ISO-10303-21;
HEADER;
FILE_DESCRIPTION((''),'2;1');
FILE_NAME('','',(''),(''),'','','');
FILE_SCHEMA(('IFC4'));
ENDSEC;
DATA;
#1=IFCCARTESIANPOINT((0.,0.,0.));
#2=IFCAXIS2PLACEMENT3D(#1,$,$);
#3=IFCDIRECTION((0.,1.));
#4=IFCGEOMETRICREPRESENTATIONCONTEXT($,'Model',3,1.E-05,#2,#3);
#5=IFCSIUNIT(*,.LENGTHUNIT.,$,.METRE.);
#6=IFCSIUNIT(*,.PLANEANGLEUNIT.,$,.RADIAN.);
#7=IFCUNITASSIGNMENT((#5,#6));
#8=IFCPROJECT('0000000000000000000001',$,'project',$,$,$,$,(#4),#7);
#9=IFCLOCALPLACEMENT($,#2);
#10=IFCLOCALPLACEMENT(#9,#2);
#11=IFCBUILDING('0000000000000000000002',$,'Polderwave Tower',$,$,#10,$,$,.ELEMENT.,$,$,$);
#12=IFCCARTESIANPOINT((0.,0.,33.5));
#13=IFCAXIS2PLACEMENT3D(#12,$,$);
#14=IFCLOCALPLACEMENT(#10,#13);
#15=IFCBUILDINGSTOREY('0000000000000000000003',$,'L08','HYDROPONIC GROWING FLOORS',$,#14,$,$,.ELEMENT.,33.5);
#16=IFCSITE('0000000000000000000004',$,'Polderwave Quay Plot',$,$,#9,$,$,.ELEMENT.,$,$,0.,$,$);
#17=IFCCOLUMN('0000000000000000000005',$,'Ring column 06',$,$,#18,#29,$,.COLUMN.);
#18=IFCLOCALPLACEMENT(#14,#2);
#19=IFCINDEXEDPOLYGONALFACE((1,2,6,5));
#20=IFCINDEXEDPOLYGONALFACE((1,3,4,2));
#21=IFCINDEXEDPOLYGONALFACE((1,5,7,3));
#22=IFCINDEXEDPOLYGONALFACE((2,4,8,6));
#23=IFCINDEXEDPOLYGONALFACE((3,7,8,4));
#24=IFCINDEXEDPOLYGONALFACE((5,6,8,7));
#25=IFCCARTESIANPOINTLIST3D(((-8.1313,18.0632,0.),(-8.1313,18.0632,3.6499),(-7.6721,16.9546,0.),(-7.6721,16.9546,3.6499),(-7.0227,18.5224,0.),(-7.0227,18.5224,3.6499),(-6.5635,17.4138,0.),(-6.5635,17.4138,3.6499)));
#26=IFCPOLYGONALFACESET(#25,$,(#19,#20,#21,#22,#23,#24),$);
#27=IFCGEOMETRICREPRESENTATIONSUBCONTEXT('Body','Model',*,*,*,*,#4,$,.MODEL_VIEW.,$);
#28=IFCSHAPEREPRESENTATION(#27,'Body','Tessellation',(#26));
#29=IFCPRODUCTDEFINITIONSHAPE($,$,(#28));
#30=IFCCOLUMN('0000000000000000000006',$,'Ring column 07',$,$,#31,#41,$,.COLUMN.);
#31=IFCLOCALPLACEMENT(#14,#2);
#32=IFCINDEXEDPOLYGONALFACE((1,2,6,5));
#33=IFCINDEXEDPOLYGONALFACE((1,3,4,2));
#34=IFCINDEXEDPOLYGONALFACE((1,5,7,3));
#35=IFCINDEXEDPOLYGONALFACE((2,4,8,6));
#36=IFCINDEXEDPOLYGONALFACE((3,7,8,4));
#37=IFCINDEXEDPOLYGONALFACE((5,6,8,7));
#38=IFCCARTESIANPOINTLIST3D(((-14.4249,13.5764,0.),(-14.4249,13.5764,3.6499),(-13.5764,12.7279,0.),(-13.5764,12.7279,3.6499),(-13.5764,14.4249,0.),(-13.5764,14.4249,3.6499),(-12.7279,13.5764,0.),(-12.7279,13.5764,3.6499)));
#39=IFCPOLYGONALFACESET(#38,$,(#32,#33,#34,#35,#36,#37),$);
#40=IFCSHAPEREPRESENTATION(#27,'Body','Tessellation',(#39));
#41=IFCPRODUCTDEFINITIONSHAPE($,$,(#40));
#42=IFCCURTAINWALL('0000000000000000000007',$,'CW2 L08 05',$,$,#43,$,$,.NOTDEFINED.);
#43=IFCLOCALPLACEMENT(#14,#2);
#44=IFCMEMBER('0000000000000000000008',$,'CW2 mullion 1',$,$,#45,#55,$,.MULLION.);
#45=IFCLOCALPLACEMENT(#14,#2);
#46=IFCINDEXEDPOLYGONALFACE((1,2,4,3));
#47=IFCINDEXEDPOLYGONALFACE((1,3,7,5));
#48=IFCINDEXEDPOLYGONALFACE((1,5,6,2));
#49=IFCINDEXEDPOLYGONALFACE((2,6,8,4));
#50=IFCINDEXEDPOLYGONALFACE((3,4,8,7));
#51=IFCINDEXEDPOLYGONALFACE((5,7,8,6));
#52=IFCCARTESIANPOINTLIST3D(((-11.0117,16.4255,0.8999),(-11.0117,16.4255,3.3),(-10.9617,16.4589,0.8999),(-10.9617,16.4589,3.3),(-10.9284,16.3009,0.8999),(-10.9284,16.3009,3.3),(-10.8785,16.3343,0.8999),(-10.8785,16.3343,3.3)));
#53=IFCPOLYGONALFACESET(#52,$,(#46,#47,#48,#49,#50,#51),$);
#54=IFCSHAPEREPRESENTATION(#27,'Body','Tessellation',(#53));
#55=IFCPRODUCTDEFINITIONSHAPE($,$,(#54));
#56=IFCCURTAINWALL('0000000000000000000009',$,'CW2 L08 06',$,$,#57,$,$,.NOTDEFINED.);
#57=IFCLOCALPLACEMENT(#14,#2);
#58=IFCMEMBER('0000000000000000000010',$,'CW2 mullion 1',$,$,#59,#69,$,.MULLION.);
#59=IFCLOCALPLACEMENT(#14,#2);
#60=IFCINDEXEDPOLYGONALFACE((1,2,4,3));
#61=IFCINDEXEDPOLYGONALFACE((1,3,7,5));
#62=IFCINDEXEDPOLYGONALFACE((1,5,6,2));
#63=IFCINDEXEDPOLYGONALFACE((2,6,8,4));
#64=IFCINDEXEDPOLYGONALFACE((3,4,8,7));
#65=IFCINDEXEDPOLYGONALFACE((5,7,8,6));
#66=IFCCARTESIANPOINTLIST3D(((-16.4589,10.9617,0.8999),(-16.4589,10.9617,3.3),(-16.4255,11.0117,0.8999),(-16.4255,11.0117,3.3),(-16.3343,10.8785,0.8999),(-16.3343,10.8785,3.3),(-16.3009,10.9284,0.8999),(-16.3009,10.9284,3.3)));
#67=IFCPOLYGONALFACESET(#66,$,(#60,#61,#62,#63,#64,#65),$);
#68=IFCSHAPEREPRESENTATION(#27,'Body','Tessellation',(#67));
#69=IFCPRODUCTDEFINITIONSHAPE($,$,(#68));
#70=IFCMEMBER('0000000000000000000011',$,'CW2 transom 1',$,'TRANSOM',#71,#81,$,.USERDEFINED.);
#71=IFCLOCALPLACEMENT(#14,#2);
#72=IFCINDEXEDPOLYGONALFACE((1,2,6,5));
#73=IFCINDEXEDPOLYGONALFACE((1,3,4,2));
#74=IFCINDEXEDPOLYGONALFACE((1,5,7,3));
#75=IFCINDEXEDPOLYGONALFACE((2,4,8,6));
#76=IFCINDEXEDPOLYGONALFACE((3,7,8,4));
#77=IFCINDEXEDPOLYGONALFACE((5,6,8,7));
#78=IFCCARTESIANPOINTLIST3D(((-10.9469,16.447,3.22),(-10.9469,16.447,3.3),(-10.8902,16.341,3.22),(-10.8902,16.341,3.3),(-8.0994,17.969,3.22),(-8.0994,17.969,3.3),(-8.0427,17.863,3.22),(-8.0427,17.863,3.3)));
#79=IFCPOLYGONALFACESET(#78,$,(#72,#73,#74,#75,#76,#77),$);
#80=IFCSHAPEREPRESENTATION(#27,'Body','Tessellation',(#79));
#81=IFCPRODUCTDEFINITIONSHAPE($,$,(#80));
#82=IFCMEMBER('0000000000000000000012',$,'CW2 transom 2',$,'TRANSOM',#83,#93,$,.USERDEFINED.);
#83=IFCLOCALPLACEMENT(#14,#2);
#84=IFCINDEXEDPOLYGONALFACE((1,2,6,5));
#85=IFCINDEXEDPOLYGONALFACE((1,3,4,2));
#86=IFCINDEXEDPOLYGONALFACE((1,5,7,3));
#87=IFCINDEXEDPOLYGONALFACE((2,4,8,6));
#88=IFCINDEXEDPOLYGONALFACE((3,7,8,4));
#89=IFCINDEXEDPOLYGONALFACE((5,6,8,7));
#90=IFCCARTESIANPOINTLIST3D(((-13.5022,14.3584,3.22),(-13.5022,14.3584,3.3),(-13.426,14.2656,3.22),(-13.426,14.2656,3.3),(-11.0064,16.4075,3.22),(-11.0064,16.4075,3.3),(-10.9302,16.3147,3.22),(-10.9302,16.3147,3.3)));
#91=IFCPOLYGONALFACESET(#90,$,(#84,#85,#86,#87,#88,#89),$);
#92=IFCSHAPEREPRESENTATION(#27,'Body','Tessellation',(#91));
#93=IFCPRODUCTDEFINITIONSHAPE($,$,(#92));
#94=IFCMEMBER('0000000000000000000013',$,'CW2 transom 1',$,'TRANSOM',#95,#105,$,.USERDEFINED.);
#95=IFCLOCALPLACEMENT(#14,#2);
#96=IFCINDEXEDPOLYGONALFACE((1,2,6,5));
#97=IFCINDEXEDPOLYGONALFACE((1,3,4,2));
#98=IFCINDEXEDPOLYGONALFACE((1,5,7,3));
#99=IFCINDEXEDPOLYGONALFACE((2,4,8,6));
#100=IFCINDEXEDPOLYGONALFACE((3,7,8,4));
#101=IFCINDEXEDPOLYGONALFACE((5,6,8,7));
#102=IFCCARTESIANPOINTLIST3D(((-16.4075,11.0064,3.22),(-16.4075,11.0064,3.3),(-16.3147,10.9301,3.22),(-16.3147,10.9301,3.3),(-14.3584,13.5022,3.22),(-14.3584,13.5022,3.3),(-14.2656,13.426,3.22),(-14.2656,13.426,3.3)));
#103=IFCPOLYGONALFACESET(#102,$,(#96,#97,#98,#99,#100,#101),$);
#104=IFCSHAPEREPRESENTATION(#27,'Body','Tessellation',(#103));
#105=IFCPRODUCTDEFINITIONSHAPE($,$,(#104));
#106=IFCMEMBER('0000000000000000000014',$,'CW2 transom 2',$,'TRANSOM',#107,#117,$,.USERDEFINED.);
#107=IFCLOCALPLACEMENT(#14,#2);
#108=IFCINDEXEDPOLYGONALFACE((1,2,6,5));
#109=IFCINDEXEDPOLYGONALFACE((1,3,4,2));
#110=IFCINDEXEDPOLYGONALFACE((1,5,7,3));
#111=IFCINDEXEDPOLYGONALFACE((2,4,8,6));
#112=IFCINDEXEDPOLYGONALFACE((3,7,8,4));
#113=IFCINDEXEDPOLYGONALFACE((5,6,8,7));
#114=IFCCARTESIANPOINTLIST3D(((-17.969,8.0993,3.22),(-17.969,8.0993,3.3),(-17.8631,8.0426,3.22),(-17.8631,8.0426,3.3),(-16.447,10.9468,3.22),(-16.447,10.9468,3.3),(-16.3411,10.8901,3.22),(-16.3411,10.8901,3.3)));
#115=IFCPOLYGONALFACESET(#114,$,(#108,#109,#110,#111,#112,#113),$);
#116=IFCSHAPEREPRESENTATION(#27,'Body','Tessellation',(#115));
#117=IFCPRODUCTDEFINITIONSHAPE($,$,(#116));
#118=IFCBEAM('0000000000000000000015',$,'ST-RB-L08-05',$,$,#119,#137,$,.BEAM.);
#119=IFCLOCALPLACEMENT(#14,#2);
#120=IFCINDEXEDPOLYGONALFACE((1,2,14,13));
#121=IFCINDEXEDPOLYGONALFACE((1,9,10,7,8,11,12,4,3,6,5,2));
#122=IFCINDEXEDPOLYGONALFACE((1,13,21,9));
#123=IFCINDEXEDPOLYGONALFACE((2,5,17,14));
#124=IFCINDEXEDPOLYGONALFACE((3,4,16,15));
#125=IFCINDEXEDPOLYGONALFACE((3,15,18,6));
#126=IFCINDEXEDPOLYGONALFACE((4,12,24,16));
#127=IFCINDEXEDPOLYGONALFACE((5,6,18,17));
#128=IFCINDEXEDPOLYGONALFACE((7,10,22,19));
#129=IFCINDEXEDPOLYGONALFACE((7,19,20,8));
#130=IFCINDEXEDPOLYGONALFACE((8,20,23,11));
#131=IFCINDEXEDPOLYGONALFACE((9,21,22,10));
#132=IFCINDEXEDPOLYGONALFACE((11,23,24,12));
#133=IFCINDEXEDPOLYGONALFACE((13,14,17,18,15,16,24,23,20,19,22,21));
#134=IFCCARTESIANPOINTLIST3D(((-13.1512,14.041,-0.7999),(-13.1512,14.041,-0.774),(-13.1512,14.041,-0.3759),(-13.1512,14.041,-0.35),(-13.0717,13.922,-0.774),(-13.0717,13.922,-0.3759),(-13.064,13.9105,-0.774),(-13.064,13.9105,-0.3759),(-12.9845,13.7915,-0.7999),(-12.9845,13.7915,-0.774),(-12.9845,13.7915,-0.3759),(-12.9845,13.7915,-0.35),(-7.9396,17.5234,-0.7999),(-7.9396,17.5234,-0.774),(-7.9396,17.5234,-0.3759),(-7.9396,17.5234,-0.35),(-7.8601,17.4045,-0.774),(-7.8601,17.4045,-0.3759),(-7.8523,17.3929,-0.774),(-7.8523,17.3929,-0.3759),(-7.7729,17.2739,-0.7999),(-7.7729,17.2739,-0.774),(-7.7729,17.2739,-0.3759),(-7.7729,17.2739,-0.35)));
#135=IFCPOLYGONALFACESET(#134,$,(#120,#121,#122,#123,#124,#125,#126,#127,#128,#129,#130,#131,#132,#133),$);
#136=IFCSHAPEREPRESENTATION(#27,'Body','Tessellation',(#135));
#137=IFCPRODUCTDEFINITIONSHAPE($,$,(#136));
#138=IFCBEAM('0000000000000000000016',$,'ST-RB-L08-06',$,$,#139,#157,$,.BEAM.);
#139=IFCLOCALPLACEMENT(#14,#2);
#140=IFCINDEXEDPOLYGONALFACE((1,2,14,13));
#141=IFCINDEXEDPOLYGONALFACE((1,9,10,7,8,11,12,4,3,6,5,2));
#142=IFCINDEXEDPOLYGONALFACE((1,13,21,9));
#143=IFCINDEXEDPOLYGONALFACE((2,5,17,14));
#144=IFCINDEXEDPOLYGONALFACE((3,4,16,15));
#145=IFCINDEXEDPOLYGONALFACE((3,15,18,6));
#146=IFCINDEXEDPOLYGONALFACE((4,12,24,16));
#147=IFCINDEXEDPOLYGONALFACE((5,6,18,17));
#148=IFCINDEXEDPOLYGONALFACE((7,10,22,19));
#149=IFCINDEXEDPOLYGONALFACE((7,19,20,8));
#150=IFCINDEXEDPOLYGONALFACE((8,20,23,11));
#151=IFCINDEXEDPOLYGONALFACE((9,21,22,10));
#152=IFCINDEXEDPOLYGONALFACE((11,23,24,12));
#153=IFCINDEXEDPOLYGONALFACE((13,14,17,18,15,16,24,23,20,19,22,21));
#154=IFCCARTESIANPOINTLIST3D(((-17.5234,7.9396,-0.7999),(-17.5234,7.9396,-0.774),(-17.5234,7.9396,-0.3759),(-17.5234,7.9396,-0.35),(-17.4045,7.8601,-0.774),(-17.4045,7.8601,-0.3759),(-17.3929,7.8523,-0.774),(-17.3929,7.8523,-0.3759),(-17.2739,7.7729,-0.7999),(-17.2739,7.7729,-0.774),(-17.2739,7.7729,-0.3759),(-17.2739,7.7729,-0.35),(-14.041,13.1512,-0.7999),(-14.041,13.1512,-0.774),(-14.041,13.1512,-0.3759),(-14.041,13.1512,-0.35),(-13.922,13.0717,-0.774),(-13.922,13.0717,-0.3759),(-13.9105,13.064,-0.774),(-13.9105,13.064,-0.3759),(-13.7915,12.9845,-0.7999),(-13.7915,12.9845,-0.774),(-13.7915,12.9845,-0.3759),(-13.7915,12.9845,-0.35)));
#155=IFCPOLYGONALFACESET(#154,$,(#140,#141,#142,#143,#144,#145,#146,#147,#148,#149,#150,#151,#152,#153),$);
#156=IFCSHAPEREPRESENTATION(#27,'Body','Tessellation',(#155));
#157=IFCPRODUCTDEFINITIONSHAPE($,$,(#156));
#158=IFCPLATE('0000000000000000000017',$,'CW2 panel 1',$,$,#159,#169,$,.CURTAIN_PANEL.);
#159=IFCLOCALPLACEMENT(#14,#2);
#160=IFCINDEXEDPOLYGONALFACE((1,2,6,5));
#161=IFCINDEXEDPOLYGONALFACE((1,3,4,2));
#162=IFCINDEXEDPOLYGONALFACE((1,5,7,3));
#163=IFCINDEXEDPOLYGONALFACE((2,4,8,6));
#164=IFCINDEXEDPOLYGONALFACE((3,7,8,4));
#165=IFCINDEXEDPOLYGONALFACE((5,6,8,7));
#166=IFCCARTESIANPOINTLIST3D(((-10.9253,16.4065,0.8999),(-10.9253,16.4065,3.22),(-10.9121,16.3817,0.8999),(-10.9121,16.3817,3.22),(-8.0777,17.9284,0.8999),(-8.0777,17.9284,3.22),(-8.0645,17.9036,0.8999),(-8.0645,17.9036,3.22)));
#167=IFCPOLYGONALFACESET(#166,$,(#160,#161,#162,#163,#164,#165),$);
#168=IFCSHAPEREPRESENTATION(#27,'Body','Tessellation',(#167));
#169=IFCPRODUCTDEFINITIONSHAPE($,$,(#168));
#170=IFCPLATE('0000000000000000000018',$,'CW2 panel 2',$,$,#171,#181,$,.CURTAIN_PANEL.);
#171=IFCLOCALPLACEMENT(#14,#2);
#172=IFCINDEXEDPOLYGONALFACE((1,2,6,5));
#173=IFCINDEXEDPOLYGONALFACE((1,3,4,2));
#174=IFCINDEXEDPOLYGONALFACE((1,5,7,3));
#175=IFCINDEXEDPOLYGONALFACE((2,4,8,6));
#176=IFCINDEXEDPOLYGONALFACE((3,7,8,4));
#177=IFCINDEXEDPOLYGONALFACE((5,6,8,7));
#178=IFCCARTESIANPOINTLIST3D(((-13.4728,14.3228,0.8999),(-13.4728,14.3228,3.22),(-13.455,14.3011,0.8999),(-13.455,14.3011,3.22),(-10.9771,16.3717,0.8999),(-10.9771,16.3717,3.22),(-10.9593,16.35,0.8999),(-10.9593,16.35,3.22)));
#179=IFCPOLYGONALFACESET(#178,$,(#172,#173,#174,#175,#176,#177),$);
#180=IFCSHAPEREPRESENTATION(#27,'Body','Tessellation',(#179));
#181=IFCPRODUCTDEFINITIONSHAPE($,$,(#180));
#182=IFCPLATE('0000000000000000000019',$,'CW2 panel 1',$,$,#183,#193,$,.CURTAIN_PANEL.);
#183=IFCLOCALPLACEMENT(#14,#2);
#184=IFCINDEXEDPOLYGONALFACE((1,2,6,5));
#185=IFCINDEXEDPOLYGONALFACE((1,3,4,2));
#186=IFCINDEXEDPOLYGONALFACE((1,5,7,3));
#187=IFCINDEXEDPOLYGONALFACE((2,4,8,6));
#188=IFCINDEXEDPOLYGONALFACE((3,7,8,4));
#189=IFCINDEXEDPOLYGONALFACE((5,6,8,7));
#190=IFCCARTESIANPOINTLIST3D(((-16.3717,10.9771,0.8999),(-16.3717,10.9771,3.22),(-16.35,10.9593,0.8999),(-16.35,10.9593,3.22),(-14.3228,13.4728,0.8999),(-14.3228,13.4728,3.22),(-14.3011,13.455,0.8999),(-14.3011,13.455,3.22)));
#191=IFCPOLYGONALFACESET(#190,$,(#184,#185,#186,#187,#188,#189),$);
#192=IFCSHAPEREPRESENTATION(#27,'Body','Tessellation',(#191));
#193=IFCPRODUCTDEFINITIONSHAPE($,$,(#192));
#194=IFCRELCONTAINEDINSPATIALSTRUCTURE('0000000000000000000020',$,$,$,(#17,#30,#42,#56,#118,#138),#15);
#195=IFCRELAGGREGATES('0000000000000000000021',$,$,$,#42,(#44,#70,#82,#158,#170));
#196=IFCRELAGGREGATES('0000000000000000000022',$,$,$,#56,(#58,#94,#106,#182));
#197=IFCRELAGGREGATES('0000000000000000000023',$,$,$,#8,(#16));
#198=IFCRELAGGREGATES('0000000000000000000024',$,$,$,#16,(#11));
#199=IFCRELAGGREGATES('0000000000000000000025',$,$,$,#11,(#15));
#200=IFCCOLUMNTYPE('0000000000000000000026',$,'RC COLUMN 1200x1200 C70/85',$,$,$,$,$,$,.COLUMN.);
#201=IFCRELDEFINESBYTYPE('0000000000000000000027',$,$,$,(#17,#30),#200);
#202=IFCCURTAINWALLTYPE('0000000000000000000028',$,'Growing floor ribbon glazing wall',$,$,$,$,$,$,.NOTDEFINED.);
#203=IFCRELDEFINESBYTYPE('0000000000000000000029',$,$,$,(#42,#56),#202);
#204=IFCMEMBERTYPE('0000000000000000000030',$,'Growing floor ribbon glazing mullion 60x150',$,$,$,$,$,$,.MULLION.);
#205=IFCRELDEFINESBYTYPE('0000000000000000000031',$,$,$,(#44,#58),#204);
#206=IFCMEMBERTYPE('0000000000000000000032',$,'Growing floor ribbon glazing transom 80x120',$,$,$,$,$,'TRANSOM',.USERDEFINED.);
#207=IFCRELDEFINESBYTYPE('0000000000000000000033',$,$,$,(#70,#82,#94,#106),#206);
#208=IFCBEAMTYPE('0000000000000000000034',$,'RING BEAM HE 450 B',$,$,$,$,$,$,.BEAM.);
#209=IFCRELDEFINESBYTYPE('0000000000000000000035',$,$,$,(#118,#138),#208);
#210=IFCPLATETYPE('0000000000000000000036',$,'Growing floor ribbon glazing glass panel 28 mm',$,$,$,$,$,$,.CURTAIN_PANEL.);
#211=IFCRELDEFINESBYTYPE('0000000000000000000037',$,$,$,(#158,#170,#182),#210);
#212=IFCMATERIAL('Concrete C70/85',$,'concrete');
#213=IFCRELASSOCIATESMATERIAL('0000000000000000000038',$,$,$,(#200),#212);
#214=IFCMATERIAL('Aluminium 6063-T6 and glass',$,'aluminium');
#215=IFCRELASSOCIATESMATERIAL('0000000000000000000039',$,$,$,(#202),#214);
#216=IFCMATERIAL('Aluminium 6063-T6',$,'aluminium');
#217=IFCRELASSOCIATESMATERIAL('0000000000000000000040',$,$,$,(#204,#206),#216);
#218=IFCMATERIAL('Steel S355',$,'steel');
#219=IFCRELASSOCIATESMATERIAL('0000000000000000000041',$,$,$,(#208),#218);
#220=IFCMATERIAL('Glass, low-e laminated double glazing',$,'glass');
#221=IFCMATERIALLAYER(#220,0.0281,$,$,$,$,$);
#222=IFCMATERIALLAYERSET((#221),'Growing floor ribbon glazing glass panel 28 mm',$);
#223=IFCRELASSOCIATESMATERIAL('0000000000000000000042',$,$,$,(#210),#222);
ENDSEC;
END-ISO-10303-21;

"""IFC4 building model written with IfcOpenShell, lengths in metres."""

from ifc_helpers import new_model, si_unit, direction, frame, origin, origin_2d, place, context, subcontext, project, spatial, rectangle, i_section, extrude, material, layer, layer_set, material_profile, profile_set, type_object, element, aggregate, save


model = new_model("IFC4")

# Units and contexts
model_context = context("Model", 3, precision=1e-05, world=origin(), true_north=direction((0.0, 1.0)))
body_context = subcontext(model_context, "Body", "Model", "MODEL_VIEW")
ifc_project = project(units=[si_unit("LENGTHUNIT", "METRE"), si_unit("PLANEANGLEUNIT", "RADIAN")], contexts=[model_context])

# Site, building, storey
site_placement = place(None, origin())
site = spatial("IfcSite", under=ifc_project, at=site_placement, Name="Polderwave Quay Plot", CompositionType="ELEMENT", RefElevation=0.0)
building_placement = place(site_placement, origin())
building = spatial("IfcBuilding", under=site, at=building_placement, Name="Polderwave Tower", CompositionType="ELEMENT")
storey_placement = place(building_placement, frame((0.0, 0.0, 33.5)))
storey = spatial("IfcBuildingStorey", under=building, at=storey_placement, Name="L08", Description="HYDROPONIC GROWING FLOORS", CompositionType="ELEMENT", Elevation=33.5)

# Columns
ifc_material_1 = material(Name="Concrete C70/85", Category="concrete")
ifc_material_profile_1 = material_profile(ifc_material_1, rectangle(XDim=1.2, YDim=1.2, at=origin_2d()), Name="RC 1200x1200")
ifc_profile_set_1 = profile_set([ifc_material_profile_1], Name="Concrete C70/85")
column_type = type_object("IfcColumnType", Name="RC COLUMN 1200x1200 C70/85", PredefinedType="COLUMN", material=ifc_profile_set_1)
for number, where, z_axis, x_axis, name in (
    (1, (-7.3474, 17.7385, 0.0), (0.0, 0.0, 1.0), (-0.382683, 0.92388, 0.0), "Ring column 06"),
    (2, (-13.5764, 13.5764, 0.0), (0.0, 0.0, 1.0), (-0.707107, 0.707107, 0.0), "Ring column 07"),
):
    element("IfcColumn", number, at=place(storey_placement, frame(where, z_axis=z_axis, x_axis=x_axis)), inside=storey, type_object=column_type, Name=name, PredefinedType="COLUMN", context=body_context, shape_type="SweptSolid", body=[
        extrude(rectangle(XDim=1.2, YDim=1.2, at=origin_2d()), origin(), (0.0, 0.0, 1.0), 3.6499),
    ])

# Curtain walls, members
ifc_material_2 = material(Name="Aluminium 6063-T6 and glass", Category="aluminium")
curtain_wall_type = type_object("IfcCurtainWallType", Name="Growing floor ribbon glazing wall", PredefinedType="NOTDEFINED", material=ifc_material_2)
curtain_wall_1_placement = place(storey_placement, origin())
curtain_wall_1 = element("IfcCurtainWall", 3, at=curtain_wall_1_placement, inside=storey, type_object=curtain_wall_type, Name="CW2 L08 05", PredefinedType="NOTDEFINED")
ifc_material_3 = material(Name="Aluminium 6063-T6", Category="aluminium")
ifc_material_profile_2 = material_profile(ifc_material_3, rectangle(XDim=0.1499, YDim=0.0601, at=origin_2d()), Name="AL 60x150")
ifc_profile_set_2 = profile_set([ifc_material_profile_2], Name="Aluminium 6063-T6")
member_type_1 = type_object("IfcMemberType", Name="Growing floor ribbon glazing mullion 60x150", PredefinedType="MULLION", material=ifc_profile_set_2)
member_1_placement = place(storey_placement, frame((-10.9451, 16.3799, 0.8999), z_axis=(0.0, 0.0, 1.0), x_axis=(0.55562, -0.831437, 0.0)))
member_1 = element("IfcMember", 4, at=member_1_placement, type_object=member_type_1, Name="CW2 mullion 1", PredefinedType="MULLION", context=body_context, shape_type="SweptSolid", body=[
    extrude(rectangle(XDim=0.1499, YDim=0.0601, at=origin_2d()), origin(), (0.0, 0.0, 1.0), 2.4001),
])
curtain_wall_2_placement = place(storey_placement, origin())
curtain_wall_2 = element("IfcCurtainWall", 5, at=curtain_wall_2_placement, inside=storey, type_object=curtain_wall_type, Name="CW2 L08 06", PredefinedType="NOTDEFINED")
member_2_placement = place(storey_placement, frame((-16.3799, 10.9451, 0.8999), z_axis=(0.0, 0.0, 1.0), x_axis=(0.831437, -0.55562, 0.0)))
member_2 = element("IfcMember", 6, at=member_2_placement, type_object=member_type_1, Name="CW2 mullion 1", PredefinedType="MULLION", context=body_context, shape_type="SweptSolid", body=[
    extrude(rectangle(XDim=0.1499, YDim=0.0601, at=origin_2d()), origin(), (0.0, 0.0, 1.0), 2.4001),
])

# Members
ifc_material_profile_3 = material_profile(ifc_material_3, rectangle(XDim=0.1201, YDim=0.0801, at=origin_2d()), Name="AL 80x120")
ifc_profile_set_3 = profile_set([ifc_material_profile_3], Name="Aluminium 6063-T6")
member_type_2 = type_object("IfcMemberType", Name="Growing floor ribbon glazing transom 80x120", ElementType="TRANSOM", PredefinedType="USERDEFINED", material=ifc_profile_set_3)
member_3_placement = place(storey_placement, frame((-8.071, 17.916, 3.26), z_axis=(-0.881921, -0.471397, 0.0), x_axis=(0.471397, -0.881921, 0.0)))
member_3 = element("IfcMember", 7, at=member_3_placement, type_object=member_type_2, Name="CW2 transom 1", ObjectType="TRANSOM", PredefinedType="USERDEFINED", context=body_context, shape_type="SweptSolid", body=[
    extrude(rectangle(XDim=0.1201, YDim=0.0801, at=origin_2d()), origin(), (0.0, 0.0, 1.0), 3.2288),
])
member_4_placement = place(storey_placement, frame((-10.9683, 16.3611, 3.26), z_axis=(-0.772892, -0.634538, 0.0), x_axis=(0.634538, -0.772892, 0.0)))
member_4 = element("IfcMember", 8, at=member_4_placement, type_object=member_type_2, Name="CW2 transom 2", ObjectType="TRANSOM", PredefinedType="USERDEFINED", context=body_context, shape_type="SweptSolid", body=[
    extrude(rectangle(XDim=0.1201, YDim=0.0801, at=origin_2d()), origin(), (0.0, 0.0, 1.0), 3.2292),
])
member_5_placement = place(storey_placement, frame((-14.312, 13.4641, 3.26), z_axis=(-0.634538, -0.772892, 0.0), x_axis=(0.772892, -0.634538, 0.0)))
member_5 = element("IfcMember", 9, at=member_5_placement, type_object=member_type_2, Name="CW2 transom 1", ObjectType="TRANSOM", PredefinedType="USERDEFINED", context=body_context, shape_type="SweptSolid", body=[
    extrude(rectangle(XDim=0.1201, YDim=0.0801, at=origin_2d()), origin(), (0.0, 0.0, 1.0), 3.2292),
])
member_6_placement = place(storey_placement, frame((-16.394, 10.9185, 3.26), z_axis=(-0.471397, -0.881921, 0.0), x_axis=(0.881921, -0.471397, 0.0)))
member_6 = element("IfcMember", 10, at=member_6_placement, type_object=member_type_2, Name="CW2 transom 2", ObjectType="TRANSOM", PredefinedType="USERDEFINED", context=body_context, shape_type="SweptSolid", body=[
    extrude(rectangle(XDim=0.1201, YDim=0.0801, at=origin_2d()), origin(), (0.0, 0.0, 1.0), 3.2288),
])

# Beams
ifc_material_4 = material(Name="Steel S355", Category="steel")
ifc_material_profile_4 = material_profile(ifc_material_4, i_section(OverallWidth=0.3, OverallDepth=0.45, WebThickness=0.0139, FlangeThickness=0.0259, at=origin_2d()), Name="HE 450 B")
ifc_profile_set_4 = profile_set([ifc_material_profile_4], Name="Steel S355")
beam_type = type_object("IfcBeamType", Name="RING BEAM HE 450 B", PredefinedType="BEAM", material=ifc_profile_set_4)
for number, where, z_axis, x_axis, name in (
    (11, (-7.8562, 17.3987, -0.575), (-0.831463, -0.555581, 0.0), (0.555581, -0.831463, 0.0), "ST-RB-L08-05"),
    (12, (-13.9163, 13.0679, -0.575), (-0.555581, -0.831463, 0.0), (0.831463, -0.555581, 0.0), "ST-RB-L08-06"),
):
    element("IfcBeam", number, at=place(storey_placement, frame(where, z_axis=z_axis, x_axis=x_axis)), inside=storey, type_object=beam_type, Name=name, PredefinedType="BEAM", context=body_context, shape_type="SweptSolid", body=[
        extrude(i_section(OverallWidth=0.3, OverallDepth=0.45, WebThickness=0.0139, FlangeThickness=0.0259, at=origin_2d()), origin(), (0.0, 0.0, 1.0), 6.2681),
    ])

# Plates
ifc_material_5 = material(Name="Glass, low-e laminated double glazing", Category="glass")
ifc_layer_1 = layer(ifc_material_5, 0.0281)
ifc_layer_set_1 = layer_set([ifc_layer_1], Name="Growing floor ribbon glazing glass panel 28 mm")
plate_type = type_object("IfcPlateType", Name="Growing floor ribbon glazing glass panel 28 mm", PredefinedType="CURTAIN_PANEL", material=ifc_layer_set_1)
plate_1_placement = place(storey_placement, frame((-9.4949, 17.155, 0.8999), z_axis=(0.0, 0.0, 1.0), x_axis=(-0.881945, -0.471352, 0.0)))
plate_1 = element("IfcPlate", 13, at=plate_1_placement, type_object=plate_type, Name="CW2 panel 1", PredefinedType="CURTAIN_PANEL", context=body_context, shape_type="SweptSolid", body=[
    extrude(rectangle(XDim=3.2288, YDim=0.0281, at=origin_2d()), origin(), (0.0, 0.0, 1.0), 2.3201),
])
plate_2_placement = place(storey_placement, frame((-12.2161, 15.3364, 0.8999), z_axis=(0.0, 0.0, 1.0), x_axis=(-0.772903, -0.634524, 0.0)))
plate_2 = element("IfcPlate", 14, at=plate_2_placement, type_object=plate_type, Name="CW2 panel 2", PredefinedType="CURTAIN_PANEL", context=body_context, shape_type="SweptSolid", body=[
    extrude(rectangle(XDim=3.229, YDim=0.0281, at=origin_2d()), origin(), (0.0, 0.0, 1.0), 2.3201),
])
aggregate(curtain_wall_1, [member_1, member_3, member_4, plate_1, plate_2])
plate_3_placement = place(storey_placement, frame((-15.3364, 12.2161, 0.8999), z_axis=(0.0, 0.0, 1.0), x_axis=(-0.634524, -0.772903, 0.0)))
plate_3 = element("IfcPlate", 15, at=plate_3_placement, type_object=plate_type, Name="CW2 panel 1", PredefinedType="CURTAIN_PANEL", context=body_context, shape_type="SweptSolid", body=[
    extrude(rectangle(XDim=3.229, YDim=0.0281, at=origin_2d()), origin(), (0.0, 0.0, 1.0), 2.3201),
])
aggregate(curtain_wall_2, [member_2, member_5, member_6, plate_3])

save(model, "model.ifc")
